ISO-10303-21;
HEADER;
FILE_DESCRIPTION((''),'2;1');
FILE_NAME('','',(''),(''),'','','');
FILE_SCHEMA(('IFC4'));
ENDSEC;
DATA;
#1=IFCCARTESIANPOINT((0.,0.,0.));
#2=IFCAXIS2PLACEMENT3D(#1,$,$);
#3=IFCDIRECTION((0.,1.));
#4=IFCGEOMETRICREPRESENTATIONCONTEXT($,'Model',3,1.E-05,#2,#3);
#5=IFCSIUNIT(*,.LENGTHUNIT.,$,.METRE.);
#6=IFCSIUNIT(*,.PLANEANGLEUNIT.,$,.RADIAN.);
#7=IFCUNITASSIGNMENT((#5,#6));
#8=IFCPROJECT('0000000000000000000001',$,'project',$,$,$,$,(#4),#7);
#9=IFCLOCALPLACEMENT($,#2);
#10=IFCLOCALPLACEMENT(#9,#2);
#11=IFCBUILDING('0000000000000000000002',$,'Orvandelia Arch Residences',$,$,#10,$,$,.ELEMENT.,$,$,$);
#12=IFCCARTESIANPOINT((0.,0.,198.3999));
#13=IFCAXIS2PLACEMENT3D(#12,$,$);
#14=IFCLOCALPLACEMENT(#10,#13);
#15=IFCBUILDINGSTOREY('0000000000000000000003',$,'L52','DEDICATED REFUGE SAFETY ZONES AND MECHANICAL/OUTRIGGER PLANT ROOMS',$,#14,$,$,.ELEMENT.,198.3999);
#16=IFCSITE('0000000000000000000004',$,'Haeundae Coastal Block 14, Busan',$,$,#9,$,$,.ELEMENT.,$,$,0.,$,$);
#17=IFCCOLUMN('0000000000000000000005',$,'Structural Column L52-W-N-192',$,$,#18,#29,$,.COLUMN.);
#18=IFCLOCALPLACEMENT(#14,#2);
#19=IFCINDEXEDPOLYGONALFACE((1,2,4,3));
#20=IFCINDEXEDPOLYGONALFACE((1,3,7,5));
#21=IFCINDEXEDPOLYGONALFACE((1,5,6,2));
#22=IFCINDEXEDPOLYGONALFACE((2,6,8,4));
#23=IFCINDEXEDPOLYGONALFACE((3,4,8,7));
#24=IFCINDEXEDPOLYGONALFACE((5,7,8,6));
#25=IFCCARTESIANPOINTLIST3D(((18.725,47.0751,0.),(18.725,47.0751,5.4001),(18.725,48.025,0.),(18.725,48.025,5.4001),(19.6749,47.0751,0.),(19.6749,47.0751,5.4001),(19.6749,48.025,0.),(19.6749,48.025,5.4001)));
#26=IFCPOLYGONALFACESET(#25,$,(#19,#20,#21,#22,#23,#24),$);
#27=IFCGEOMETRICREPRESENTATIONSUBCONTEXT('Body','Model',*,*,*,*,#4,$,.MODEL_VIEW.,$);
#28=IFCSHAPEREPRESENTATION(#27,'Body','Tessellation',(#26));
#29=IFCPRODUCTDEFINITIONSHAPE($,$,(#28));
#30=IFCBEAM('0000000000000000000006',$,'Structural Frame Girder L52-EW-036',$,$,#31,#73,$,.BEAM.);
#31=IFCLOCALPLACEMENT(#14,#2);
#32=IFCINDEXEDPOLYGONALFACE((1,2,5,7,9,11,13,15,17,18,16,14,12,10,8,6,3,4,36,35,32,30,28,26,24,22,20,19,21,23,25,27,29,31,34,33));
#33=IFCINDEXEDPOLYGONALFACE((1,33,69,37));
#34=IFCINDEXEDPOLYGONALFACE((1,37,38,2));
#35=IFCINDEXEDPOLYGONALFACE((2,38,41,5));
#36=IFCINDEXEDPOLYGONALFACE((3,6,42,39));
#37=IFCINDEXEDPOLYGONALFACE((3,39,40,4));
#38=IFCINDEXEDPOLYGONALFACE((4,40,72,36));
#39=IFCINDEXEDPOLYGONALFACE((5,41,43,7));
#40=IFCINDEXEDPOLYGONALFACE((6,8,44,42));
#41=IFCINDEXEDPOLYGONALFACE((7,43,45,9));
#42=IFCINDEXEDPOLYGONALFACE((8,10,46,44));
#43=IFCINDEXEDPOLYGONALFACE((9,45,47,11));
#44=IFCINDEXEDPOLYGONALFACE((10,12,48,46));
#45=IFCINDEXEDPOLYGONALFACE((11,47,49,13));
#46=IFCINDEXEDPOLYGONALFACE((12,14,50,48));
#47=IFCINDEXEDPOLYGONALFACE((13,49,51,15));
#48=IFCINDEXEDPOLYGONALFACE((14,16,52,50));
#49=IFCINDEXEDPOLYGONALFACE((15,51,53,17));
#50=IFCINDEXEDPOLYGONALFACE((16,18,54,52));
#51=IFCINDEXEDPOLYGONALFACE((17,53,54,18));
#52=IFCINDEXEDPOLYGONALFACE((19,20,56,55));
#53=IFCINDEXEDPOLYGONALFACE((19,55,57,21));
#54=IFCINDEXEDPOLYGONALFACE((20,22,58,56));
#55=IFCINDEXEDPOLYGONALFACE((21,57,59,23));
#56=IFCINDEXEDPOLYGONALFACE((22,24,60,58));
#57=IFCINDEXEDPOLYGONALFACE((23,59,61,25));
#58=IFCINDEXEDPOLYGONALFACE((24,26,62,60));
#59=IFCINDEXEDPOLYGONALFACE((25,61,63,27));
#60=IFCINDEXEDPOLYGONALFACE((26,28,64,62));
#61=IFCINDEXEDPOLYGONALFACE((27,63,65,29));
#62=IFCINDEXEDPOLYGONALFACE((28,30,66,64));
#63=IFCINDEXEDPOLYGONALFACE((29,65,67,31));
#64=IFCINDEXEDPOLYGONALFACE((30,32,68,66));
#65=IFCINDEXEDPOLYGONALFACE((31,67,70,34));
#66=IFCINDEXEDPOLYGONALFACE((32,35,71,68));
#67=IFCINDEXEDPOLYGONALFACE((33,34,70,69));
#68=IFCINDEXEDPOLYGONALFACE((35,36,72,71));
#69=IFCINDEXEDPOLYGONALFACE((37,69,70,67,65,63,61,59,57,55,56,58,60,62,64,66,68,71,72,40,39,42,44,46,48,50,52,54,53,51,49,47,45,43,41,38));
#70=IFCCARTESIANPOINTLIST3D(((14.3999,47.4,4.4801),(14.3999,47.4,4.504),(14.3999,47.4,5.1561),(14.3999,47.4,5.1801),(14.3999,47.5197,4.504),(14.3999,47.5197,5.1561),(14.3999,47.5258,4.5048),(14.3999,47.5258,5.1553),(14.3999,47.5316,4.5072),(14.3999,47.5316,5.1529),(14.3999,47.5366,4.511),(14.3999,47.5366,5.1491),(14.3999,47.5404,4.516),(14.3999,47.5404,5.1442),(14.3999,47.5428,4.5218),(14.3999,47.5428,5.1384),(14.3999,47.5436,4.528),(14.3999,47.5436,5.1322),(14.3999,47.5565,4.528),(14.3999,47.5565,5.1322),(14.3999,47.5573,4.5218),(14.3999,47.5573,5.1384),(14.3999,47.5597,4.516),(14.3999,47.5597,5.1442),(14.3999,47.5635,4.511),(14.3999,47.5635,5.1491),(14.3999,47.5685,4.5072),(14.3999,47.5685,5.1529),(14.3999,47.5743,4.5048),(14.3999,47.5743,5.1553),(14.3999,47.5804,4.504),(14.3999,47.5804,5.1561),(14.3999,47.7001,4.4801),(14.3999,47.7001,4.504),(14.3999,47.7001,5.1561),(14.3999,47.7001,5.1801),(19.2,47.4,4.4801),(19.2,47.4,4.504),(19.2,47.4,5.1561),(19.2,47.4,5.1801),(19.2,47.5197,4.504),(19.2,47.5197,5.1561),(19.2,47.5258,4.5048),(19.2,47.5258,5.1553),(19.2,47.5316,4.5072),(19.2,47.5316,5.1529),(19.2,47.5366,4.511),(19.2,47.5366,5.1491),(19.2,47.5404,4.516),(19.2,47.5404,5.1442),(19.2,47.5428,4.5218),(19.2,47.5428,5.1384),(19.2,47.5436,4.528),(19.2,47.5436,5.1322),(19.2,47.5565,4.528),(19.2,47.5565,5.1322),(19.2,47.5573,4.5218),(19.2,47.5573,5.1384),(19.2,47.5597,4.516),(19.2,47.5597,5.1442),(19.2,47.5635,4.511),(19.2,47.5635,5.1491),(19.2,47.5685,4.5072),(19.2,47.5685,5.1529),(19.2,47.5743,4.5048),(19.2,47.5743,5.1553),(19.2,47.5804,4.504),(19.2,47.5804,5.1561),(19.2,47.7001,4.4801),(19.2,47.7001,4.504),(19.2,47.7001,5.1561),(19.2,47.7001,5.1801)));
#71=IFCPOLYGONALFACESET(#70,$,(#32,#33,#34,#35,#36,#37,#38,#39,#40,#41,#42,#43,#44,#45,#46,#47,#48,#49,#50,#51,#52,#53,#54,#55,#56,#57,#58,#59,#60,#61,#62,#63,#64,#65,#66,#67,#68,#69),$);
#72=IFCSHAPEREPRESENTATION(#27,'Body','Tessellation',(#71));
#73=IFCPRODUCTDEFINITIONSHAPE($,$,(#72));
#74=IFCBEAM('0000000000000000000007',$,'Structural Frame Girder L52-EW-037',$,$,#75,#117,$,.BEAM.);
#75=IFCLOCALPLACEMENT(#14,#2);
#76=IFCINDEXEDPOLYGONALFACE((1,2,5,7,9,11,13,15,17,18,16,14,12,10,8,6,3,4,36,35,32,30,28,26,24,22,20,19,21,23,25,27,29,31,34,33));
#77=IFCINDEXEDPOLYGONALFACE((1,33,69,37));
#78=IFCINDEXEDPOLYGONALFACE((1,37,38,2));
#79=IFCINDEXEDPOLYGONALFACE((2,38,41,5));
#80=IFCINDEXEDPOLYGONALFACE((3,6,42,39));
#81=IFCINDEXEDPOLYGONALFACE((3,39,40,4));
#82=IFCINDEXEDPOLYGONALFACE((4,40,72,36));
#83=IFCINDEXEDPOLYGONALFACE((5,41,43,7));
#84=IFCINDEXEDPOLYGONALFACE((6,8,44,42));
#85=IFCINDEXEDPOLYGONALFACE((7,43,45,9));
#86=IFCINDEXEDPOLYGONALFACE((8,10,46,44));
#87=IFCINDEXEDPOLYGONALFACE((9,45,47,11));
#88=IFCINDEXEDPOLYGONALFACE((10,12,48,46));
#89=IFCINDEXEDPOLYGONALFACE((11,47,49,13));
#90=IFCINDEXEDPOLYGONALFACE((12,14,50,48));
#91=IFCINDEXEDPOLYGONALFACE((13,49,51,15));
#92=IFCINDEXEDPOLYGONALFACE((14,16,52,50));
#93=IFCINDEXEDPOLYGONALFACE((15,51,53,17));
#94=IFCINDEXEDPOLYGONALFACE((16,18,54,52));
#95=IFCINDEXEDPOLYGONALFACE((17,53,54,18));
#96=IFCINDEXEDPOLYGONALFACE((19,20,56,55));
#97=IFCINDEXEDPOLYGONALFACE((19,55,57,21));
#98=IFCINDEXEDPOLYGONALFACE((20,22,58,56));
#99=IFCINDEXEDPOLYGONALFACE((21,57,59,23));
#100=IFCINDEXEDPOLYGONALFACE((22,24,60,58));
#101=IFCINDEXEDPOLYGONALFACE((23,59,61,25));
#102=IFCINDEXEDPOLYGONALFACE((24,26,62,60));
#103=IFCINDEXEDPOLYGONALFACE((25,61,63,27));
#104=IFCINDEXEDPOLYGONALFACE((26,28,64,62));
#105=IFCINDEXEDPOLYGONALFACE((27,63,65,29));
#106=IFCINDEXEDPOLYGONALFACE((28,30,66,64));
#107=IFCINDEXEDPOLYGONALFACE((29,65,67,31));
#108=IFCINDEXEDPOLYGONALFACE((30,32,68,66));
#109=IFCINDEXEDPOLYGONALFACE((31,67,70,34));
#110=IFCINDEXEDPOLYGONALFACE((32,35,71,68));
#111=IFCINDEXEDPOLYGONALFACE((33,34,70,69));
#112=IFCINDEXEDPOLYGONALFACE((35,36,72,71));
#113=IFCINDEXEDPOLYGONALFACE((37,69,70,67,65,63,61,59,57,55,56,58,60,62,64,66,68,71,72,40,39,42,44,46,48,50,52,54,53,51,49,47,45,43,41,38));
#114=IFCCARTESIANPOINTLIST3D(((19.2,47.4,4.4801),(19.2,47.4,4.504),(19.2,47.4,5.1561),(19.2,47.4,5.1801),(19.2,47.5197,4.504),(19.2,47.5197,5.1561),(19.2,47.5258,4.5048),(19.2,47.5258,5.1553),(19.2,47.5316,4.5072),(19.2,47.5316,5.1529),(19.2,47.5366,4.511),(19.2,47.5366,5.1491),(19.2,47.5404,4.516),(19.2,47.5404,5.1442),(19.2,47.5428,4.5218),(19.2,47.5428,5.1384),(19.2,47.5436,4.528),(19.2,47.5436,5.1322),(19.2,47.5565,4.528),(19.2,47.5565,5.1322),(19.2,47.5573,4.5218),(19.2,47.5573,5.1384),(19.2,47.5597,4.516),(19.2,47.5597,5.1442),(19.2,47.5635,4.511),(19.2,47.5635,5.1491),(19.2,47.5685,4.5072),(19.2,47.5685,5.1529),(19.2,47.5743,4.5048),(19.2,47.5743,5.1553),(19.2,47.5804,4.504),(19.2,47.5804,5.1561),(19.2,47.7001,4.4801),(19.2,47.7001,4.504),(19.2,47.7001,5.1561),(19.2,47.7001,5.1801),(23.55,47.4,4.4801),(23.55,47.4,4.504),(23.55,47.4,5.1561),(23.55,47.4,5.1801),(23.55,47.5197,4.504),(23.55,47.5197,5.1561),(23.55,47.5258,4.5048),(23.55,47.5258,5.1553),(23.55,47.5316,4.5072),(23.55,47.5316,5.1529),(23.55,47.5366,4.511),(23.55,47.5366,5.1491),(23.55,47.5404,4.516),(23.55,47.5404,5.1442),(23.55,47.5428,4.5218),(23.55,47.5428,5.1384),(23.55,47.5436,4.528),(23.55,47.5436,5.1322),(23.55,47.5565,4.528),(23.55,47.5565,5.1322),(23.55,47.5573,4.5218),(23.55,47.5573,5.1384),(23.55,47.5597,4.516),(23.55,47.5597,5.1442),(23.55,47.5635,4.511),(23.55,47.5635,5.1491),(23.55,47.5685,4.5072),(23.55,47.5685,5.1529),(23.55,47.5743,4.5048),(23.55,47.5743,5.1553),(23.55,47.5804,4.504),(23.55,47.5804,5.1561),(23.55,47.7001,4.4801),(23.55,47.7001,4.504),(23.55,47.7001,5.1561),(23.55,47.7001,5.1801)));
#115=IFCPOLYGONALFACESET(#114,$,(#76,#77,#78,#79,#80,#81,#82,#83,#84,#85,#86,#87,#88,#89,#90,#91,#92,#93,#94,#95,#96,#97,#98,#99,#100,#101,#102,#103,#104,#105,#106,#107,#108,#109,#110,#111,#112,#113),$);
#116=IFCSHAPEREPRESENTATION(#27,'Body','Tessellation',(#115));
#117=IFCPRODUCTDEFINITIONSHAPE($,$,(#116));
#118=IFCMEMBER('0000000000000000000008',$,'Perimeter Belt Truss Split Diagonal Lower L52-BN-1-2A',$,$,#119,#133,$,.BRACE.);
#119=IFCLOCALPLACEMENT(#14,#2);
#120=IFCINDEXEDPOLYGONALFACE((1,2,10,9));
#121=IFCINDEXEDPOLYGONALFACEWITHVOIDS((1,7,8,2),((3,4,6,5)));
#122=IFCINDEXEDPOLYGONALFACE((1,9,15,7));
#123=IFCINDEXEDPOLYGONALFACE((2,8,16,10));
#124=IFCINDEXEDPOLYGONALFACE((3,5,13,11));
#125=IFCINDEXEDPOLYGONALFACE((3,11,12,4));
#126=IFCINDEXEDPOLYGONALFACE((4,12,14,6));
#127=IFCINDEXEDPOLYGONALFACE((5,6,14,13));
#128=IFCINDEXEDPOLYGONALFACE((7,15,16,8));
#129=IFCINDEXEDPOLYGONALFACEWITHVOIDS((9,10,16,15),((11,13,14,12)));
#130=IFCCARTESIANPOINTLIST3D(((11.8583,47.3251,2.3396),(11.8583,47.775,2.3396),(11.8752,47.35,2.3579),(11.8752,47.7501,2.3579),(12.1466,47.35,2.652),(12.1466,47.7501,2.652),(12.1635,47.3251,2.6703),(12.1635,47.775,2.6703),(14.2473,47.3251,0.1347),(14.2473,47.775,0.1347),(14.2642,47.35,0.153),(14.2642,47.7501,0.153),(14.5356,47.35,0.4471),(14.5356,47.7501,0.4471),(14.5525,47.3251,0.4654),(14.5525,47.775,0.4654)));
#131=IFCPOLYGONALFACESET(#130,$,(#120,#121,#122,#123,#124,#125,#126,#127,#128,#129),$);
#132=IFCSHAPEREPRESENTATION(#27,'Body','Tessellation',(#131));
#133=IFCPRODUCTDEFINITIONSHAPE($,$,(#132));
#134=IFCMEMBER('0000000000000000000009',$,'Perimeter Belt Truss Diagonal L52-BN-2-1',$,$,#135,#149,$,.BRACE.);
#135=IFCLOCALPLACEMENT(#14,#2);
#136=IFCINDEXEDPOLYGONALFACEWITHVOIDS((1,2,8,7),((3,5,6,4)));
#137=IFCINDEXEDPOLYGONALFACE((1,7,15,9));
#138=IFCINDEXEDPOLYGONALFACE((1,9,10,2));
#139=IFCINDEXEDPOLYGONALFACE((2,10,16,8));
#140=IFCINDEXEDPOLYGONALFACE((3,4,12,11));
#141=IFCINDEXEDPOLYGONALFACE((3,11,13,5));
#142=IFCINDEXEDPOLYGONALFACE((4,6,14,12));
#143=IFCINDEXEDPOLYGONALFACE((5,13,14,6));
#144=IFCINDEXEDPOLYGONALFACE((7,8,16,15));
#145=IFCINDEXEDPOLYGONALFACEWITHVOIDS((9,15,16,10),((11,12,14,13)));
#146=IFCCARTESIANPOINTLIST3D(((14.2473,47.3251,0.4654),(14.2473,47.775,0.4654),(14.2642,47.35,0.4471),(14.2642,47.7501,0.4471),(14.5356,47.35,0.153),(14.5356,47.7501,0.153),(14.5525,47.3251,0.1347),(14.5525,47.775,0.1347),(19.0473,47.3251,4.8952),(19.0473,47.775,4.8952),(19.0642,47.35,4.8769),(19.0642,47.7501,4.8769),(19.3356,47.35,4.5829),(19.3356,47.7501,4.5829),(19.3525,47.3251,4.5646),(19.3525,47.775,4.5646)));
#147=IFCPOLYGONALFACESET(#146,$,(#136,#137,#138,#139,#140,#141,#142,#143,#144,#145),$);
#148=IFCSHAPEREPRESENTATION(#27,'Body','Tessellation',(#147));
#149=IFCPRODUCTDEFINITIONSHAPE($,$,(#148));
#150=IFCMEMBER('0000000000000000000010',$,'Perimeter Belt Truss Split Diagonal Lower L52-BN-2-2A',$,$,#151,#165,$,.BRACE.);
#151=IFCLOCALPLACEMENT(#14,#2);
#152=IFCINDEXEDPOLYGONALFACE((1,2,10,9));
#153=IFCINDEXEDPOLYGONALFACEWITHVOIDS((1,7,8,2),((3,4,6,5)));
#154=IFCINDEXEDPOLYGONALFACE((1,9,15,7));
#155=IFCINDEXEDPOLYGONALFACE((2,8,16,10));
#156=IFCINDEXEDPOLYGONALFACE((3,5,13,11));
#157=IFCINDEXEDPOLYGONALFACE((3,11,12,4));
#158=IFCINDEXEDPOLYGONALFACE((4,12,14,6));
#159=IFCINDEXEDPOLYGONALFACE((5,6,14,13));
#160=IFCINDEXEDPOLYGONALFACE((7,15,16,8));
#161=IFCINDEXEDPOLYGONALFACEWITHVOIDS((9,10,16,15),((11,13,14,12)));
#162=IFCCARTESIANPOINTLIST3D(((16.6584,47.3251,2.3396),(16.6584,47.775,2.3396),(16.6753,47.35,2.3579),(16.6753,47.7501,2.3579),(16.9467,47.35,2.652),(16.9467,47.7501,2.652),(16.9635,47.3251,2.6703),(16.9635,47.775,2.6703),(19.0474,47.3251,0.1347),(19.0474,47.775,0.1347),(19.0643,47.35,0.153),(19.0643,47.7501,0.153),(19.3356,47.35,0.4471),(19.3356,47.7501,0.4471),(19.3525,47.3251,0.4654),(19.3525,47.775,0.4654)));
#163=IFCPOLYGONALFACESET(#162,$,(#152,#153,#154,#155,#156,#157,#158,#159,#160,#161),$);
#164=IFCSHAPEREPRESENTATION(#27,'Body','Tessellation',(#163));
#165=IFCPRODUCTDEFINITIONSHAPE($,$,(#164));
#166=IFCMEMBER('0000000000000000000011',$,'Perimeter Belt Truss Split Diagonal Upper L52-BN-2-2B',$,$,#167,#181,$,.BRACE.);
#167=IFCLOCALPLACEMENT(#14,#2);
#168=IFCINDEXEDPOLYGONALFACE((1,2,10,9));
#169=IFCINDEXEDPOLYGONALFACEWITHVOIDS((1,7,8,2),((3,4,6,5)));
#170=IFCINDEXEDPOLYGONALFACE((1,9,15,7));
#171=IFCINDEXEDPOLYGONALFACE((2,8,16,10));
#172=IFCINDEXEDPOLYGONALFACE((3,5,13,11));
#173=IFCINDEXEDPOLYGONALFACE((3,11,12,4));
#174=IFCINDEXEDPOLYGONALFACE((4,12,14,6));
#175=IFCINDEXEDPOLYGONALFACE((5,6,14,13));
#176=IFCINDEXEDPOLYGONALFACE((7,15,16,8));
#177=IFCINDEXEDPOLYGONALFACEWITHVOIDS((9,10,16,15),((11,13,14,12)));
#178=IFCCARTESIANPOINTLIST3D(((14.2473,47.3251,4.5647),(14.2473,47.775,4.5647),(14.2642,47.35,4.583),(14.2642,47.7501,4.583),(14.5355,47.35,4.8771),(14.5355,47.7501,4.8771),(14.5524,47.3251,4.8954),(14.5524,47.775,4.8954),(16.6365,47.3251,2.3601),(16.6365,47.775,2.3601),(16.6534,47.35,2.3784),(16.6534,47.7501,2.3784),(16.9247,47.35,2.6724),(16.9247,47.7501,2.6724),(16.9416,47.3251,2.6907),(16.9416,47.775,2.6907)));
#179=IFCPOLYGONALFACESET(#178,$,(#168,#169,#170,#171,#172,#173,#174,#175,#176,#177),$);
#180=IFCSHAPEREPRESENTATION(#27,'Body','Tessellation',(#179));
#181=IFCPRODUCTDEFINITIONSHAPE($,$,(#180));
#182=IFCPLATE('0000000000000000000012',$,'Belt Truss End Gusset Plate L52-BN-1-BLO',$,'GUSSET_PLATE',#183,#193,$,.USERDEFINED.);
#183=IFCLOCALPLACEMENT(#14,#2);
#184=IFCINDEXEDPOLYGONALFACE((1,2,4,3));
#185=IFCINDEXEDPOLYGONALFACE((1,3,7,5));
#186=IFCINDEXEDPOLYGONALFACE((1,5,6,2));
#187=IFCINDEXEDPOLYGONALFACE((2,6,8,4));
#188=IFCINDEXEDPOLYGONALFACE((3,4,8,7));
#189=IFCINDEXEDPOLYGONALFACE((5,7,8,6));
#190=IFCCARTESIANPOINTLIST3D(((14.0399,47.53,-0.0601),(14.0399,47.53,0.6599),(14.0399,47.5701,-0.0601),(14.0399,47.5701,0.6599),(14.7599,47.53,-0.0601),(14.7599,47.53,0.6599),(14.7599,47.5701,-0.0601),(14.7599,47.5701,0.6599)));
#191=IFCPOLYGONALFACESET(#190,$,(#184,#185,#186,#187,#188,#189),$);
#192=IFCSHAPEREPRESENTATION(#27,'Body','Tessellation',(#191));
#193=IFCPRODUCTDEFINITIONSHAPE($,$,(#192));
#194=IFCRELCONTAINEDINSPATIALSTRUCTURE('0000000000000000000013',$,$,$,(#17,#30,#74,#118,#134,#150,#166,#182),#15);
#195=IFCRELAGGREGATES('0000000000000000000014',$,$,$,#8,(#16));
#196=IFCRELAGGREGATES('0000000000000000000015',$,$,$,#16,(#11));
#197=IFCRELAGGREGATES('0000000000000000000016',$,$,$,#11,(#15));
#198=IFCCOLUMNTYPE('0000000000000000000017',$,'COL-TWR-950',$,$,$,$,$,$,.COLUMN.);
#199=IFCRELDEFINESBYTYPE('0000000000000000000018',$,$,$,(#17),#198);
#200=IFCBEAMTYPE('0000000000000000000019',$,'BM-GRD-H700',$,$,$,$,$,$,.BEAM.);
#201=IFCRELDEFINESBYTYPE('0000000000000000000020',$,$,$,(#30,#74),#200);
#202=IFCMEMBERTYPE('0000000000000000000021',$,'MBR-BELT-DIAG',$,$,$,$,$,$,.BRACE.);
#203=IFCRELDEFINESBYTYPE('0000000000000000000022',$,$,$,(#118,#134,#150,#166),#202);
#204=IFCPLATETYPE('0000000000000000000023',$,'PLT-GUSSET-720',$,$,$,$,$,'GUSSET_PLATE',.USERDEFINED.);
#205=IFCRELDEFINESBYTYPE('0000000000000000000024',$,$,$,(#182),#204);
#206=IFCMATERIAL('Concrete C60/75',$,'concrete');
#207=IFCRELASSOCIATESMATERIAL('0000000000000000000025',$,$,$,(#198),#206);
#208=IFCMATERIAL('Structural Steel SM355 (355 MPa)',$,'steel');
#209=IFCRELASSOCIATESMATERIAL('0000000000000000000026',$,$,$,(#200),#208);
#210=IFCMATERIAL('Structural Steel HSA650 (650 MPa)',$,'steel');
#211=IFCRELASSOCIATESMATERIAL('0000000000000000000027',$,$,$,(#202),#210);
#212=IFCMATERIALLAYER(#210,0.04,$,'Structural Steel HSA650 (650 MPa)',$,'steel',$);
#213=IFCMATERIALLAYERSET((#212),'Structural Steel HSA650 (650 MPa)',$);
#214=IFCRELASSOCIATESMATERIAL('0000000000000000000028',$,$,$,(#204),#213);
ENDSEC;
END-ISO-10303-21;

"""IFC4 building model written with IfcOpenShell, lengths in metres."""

from ifc_helpers import new_model, si_unit, direction, frame, origin, origin_2d, place, context, subcontext, project, spatial, rectangle, hollow_rectangle, i_section, extrude, material, layer, layer_set, material_profile, profile_set, type_object, element, save


model = new_model("IFC4")

# Units and contexts
model_context = context("Model", 3, precision=1e-05, world=origin(), true_north=direction((0.0, 1.0)))
body_context = subcontext(model_context, "Body", "Model", "MODEL_VIEW")
ifc_project = project(units=[si_unit("LENGTHUNIT", "METRE"), si_unit("PLANEANGLEUNIT", "RADIAN")], contexts=[model_context])

# Site, building, storey
site_placement = place(None, origin())
site = spatial("IfcSite", under=ifc_project, at=site_placement, Name="Haeundae Coastal Block 14, Busan", CompositionType="ELEMENT", RefElevation=0.0)
building_placement = place(site_placement, origin())
building = spatial("IfcBuilding", under=site, at=building_placement, Name="Orvandelia Arch Residences", CompositionType="ELEMENT")
storey_placement = place(building_placement, frame((0.0, 0.0, 198.3999)))
storey = spatial("IfcBuildingStorey", under=building, at=storey_placement, Name="L52", Description="DEDICATED REFUGE SAFETY ZONES AND MECHANICAL/OUTRIGGER PLANT ROOMS", CompositionType="ELEMENT", Elevation=198.3999)

# Column
ifc_material_1 = material(Name="Concrete C60/75", Category="concrete")
ifc_material_profile_1 = material_profile(ifc_material_1, rectangle(XDim=0.95, YDim=0.95, at=origin_2d()), Name="Concrete C60/75", Category="concrete")
ifc_profile_set_1 = profile_set([ifc_material_profile_1], Name="Concrete C60/75")
column_type = type_object("IfcColumnType", Name="COL-TWR-950", PredefinedType="COLUMN", material=ifc_profile_set_1)
column_placement = place(storey_placement, frame((19.2, 47.55, 0.0), z_axis=(0.0, 0.0, 1.0), x_axis=(1.0, 0.0, 0.0)))
element("IfcColumn", 1, at=column_placement, inside=storey, type_object=column_type, Name="Structural Column L52-W-N-192", PredefinedType="COLUMN", context=body_context, shape_type="SweptSolid", body=[
    extrude(rectangle(XDim=0.95, YDim=0.95, at=origin_2d()), origin(), (0.0, 0.0, 1.0), 5.4001),
])

# Beams
ifc_material_2 = material(Name="Structural Steel SM355 (355 MPa)", Category="steel")
ifc_material_profile_2 = material_profile(ifc_material_2, i_section(OverallWidth=0.3, OverallDepth=0.7, WebThickness=0.0129, FlangeThickness=0.0239, FilletRadius=0.0239, at=origin_2d()), Name="Structural Steel SM355 (355 MPa)", Category="steel")
ifc_profile_set_2 = profile_set([ifc_material_profile_2], Name="Structural Steel SM355 (355 MPa)")
beam_type = type_object("IfcBeamType", Name="BM-GRD-H700", PredefinedType="BEAM", material=ifc_profile_set_2)
beam_1_placement = place(storey_placement, frame((14.3999, 47.55, 4.8301), z_axis=(1.0, 0.0, 0.0), x_axis=(0.0, 1.0, 0.0)))
element("IfcBeam", 2, at=beam_1_placement, inside=storey, type_object=beam_type, Name="Structural Frame Girder L52-EW-036", PredefinedType="BEAM", context=body_context, shape_type="SweptSolid", body=[
    extrude(i_section(OverallWidth=0.3, OverallDepth=0.7, WebThickness=0.0129, FlangeThickness=0.0239, FilletRadius=0.0239, at=origin_2d()), origin(), (0.0, 0.0, 1.0), 4.8),
])
beam_2_placement = place(storey_placement, frame((19.2, 47.55, 4.8301), z_axis=(1.0, 0.0, 0.0), x_axis=(0.0, 1.0, 0.0)))
element("IfcBeam", 3, at=beam_2_placement, inside=storey, type_object=beam_type, Name="Structural Frame Girder L52-EW-037", PredefinedType="BEAM", context=body_context, shape_type="SweptSolid", body=[
    extrude(i_section(OverallWidth=0.3, OverallDepth=0.7, WebThickness=0.0129, FlangeThickness=0.0239, FilletRadius=0.0239, at=origin_2d()), origin(), (0.0, 0.0, 1.0), 4.3501),
])

# Members
ifc_material_3 = material(Name="Structural Steel HSA650 (650 MPa)", Category="steel")
ifc_material_profile_3 = material_profile(ifc_material_3, hollow_rectangle(XDim=0.45, YDim=0.45, WallThickness=0.0249, at=origin_2d()), Name="Structural Steel HSA650 (650 MPa)", Category="steel")
ifc_profile_set_3 = profile_set([ifc_material_profile_3], Name="Structural Steel HSA650 (650 MPa)")
member_type = type_object("IfcMemberType", Name="MBR-BELT-DIAG", PredefinedType="BRACE", material=ifc_profile_set_3)
member_1_placement = place(storey_placement, frame((14.3999, 47.55, 0.3), z_axis=(-0.734852, 0.0, 0.678227), x_axis=(0.0, -1.0, 0.0)))
element("IfcMember", 4, at=member_1_placement, inside=storey, type_object=member_type, Name="Perimeter Belt Truss Split Diagonal Lower L52-BN-1-2A", PredefinedType="BRACE", context=body_context, shape_type="SweptSolid", body=[
    extrude(hollow_rectangle(XDim=0.45, YDim=0.45, WallThickness=0.0249, at=origin_2d()), origin(), (0.0, 0.0, 1.0), 3.251),
])
member_2_placement = place(storey_placement, frame((14.3999, 47.55, 0.3), z_axis=(0.734871, 0.0, 0.678207), x_axis=(0.0, 1.0, 0.0)))
element("IfcMember", 5, at=member_2_placement, inside=storey, type_object=member_type, Name="Perimeter Belt Truss Diagonal L52-BN-2-1", PredefinedType="BRACE", context=body_context, shape_type="SweptSolid", body=[
    extrude(hollow_rectangle(XDim=0.45, YDim=0.45, WallThickness=0.0249, at=origin_2d()), origin(), (0.0, 0.0, 1.0), 6.5317),
])
for number, where, z_axis, x_axis, name in (
    (6, (19.2, 47.55, 0.3), (-0.734852, 0.0, 0.678227), (0.0, -1.0, 0.0), "Perimeter Belt Truss Split Diagonal Lower L52-BN-2-2A"),
    (7, (16.7891, 47.55, 2.5254), (-0.734924, 0.0, 0.678149), (0.0, -1.0, 0.0), "Perimeter Belt Truss Split Diagonal Upper L52-BN-2-2B"),
):
    element("IfcMember", number, at=place(storey_placement, frame(where, z_axis=z_axis, x_axis=x_axis)), inside=storey, type_object=member_type, Name=name, PredefinedType="BRACE", context=body_context, shape_type="SweptSolid", body=[
        extrude(hollow_rectangle(XDim=0.45, YDim=0.45, WallThickness=0.0249, at=origin_2d()), origin(), (0.0, 0.0, 1.0), 3.251),
    ])

# Plate
ifc_layer_1 = layer(ifc_material_3, 0.04, Name="Structural Steel HSA650 (650 MPa)", Category="steel")
ifc_layer_set_1 = layer_set([ifc_layer_1], Name="Structural Steel HSA650 (650 MPa)")
plate_type_1 = type_object("IfcPlateType", Name="PLT-GUSSET-720", ElementType="GUSSET_PLATE", PredefinedType="USERDEFINED", material=ifc_layer_set_1)
for number, where, z_axis, x_axis, name in (
    (8, (14.3999, 47.55, -0.0601), (0.0, 0.0, 1.0), (1.0, 0.0, 0.0), "Belt Truss End Gusset Plate L52-BN-1-BLO"),
):
    element("IfcPlate", number, at=place(storey_placement, frame(where, z_axis=z_axis, x_axis=x_axis)), inside=storey, type_object=plate_type_1, Name=name, ObjectType="GUSSET_PLATE", PredefinedType="USERDEFINED", context=body_context, shape_type="SweptSolid", body=[
        extrude(rectangle(XDim=0.72, YDim=0.04, at=origin_2d()), origin(), (0.0, 0.0, 1.0), 0.72),
    ])

save(model, "model.ifc")
